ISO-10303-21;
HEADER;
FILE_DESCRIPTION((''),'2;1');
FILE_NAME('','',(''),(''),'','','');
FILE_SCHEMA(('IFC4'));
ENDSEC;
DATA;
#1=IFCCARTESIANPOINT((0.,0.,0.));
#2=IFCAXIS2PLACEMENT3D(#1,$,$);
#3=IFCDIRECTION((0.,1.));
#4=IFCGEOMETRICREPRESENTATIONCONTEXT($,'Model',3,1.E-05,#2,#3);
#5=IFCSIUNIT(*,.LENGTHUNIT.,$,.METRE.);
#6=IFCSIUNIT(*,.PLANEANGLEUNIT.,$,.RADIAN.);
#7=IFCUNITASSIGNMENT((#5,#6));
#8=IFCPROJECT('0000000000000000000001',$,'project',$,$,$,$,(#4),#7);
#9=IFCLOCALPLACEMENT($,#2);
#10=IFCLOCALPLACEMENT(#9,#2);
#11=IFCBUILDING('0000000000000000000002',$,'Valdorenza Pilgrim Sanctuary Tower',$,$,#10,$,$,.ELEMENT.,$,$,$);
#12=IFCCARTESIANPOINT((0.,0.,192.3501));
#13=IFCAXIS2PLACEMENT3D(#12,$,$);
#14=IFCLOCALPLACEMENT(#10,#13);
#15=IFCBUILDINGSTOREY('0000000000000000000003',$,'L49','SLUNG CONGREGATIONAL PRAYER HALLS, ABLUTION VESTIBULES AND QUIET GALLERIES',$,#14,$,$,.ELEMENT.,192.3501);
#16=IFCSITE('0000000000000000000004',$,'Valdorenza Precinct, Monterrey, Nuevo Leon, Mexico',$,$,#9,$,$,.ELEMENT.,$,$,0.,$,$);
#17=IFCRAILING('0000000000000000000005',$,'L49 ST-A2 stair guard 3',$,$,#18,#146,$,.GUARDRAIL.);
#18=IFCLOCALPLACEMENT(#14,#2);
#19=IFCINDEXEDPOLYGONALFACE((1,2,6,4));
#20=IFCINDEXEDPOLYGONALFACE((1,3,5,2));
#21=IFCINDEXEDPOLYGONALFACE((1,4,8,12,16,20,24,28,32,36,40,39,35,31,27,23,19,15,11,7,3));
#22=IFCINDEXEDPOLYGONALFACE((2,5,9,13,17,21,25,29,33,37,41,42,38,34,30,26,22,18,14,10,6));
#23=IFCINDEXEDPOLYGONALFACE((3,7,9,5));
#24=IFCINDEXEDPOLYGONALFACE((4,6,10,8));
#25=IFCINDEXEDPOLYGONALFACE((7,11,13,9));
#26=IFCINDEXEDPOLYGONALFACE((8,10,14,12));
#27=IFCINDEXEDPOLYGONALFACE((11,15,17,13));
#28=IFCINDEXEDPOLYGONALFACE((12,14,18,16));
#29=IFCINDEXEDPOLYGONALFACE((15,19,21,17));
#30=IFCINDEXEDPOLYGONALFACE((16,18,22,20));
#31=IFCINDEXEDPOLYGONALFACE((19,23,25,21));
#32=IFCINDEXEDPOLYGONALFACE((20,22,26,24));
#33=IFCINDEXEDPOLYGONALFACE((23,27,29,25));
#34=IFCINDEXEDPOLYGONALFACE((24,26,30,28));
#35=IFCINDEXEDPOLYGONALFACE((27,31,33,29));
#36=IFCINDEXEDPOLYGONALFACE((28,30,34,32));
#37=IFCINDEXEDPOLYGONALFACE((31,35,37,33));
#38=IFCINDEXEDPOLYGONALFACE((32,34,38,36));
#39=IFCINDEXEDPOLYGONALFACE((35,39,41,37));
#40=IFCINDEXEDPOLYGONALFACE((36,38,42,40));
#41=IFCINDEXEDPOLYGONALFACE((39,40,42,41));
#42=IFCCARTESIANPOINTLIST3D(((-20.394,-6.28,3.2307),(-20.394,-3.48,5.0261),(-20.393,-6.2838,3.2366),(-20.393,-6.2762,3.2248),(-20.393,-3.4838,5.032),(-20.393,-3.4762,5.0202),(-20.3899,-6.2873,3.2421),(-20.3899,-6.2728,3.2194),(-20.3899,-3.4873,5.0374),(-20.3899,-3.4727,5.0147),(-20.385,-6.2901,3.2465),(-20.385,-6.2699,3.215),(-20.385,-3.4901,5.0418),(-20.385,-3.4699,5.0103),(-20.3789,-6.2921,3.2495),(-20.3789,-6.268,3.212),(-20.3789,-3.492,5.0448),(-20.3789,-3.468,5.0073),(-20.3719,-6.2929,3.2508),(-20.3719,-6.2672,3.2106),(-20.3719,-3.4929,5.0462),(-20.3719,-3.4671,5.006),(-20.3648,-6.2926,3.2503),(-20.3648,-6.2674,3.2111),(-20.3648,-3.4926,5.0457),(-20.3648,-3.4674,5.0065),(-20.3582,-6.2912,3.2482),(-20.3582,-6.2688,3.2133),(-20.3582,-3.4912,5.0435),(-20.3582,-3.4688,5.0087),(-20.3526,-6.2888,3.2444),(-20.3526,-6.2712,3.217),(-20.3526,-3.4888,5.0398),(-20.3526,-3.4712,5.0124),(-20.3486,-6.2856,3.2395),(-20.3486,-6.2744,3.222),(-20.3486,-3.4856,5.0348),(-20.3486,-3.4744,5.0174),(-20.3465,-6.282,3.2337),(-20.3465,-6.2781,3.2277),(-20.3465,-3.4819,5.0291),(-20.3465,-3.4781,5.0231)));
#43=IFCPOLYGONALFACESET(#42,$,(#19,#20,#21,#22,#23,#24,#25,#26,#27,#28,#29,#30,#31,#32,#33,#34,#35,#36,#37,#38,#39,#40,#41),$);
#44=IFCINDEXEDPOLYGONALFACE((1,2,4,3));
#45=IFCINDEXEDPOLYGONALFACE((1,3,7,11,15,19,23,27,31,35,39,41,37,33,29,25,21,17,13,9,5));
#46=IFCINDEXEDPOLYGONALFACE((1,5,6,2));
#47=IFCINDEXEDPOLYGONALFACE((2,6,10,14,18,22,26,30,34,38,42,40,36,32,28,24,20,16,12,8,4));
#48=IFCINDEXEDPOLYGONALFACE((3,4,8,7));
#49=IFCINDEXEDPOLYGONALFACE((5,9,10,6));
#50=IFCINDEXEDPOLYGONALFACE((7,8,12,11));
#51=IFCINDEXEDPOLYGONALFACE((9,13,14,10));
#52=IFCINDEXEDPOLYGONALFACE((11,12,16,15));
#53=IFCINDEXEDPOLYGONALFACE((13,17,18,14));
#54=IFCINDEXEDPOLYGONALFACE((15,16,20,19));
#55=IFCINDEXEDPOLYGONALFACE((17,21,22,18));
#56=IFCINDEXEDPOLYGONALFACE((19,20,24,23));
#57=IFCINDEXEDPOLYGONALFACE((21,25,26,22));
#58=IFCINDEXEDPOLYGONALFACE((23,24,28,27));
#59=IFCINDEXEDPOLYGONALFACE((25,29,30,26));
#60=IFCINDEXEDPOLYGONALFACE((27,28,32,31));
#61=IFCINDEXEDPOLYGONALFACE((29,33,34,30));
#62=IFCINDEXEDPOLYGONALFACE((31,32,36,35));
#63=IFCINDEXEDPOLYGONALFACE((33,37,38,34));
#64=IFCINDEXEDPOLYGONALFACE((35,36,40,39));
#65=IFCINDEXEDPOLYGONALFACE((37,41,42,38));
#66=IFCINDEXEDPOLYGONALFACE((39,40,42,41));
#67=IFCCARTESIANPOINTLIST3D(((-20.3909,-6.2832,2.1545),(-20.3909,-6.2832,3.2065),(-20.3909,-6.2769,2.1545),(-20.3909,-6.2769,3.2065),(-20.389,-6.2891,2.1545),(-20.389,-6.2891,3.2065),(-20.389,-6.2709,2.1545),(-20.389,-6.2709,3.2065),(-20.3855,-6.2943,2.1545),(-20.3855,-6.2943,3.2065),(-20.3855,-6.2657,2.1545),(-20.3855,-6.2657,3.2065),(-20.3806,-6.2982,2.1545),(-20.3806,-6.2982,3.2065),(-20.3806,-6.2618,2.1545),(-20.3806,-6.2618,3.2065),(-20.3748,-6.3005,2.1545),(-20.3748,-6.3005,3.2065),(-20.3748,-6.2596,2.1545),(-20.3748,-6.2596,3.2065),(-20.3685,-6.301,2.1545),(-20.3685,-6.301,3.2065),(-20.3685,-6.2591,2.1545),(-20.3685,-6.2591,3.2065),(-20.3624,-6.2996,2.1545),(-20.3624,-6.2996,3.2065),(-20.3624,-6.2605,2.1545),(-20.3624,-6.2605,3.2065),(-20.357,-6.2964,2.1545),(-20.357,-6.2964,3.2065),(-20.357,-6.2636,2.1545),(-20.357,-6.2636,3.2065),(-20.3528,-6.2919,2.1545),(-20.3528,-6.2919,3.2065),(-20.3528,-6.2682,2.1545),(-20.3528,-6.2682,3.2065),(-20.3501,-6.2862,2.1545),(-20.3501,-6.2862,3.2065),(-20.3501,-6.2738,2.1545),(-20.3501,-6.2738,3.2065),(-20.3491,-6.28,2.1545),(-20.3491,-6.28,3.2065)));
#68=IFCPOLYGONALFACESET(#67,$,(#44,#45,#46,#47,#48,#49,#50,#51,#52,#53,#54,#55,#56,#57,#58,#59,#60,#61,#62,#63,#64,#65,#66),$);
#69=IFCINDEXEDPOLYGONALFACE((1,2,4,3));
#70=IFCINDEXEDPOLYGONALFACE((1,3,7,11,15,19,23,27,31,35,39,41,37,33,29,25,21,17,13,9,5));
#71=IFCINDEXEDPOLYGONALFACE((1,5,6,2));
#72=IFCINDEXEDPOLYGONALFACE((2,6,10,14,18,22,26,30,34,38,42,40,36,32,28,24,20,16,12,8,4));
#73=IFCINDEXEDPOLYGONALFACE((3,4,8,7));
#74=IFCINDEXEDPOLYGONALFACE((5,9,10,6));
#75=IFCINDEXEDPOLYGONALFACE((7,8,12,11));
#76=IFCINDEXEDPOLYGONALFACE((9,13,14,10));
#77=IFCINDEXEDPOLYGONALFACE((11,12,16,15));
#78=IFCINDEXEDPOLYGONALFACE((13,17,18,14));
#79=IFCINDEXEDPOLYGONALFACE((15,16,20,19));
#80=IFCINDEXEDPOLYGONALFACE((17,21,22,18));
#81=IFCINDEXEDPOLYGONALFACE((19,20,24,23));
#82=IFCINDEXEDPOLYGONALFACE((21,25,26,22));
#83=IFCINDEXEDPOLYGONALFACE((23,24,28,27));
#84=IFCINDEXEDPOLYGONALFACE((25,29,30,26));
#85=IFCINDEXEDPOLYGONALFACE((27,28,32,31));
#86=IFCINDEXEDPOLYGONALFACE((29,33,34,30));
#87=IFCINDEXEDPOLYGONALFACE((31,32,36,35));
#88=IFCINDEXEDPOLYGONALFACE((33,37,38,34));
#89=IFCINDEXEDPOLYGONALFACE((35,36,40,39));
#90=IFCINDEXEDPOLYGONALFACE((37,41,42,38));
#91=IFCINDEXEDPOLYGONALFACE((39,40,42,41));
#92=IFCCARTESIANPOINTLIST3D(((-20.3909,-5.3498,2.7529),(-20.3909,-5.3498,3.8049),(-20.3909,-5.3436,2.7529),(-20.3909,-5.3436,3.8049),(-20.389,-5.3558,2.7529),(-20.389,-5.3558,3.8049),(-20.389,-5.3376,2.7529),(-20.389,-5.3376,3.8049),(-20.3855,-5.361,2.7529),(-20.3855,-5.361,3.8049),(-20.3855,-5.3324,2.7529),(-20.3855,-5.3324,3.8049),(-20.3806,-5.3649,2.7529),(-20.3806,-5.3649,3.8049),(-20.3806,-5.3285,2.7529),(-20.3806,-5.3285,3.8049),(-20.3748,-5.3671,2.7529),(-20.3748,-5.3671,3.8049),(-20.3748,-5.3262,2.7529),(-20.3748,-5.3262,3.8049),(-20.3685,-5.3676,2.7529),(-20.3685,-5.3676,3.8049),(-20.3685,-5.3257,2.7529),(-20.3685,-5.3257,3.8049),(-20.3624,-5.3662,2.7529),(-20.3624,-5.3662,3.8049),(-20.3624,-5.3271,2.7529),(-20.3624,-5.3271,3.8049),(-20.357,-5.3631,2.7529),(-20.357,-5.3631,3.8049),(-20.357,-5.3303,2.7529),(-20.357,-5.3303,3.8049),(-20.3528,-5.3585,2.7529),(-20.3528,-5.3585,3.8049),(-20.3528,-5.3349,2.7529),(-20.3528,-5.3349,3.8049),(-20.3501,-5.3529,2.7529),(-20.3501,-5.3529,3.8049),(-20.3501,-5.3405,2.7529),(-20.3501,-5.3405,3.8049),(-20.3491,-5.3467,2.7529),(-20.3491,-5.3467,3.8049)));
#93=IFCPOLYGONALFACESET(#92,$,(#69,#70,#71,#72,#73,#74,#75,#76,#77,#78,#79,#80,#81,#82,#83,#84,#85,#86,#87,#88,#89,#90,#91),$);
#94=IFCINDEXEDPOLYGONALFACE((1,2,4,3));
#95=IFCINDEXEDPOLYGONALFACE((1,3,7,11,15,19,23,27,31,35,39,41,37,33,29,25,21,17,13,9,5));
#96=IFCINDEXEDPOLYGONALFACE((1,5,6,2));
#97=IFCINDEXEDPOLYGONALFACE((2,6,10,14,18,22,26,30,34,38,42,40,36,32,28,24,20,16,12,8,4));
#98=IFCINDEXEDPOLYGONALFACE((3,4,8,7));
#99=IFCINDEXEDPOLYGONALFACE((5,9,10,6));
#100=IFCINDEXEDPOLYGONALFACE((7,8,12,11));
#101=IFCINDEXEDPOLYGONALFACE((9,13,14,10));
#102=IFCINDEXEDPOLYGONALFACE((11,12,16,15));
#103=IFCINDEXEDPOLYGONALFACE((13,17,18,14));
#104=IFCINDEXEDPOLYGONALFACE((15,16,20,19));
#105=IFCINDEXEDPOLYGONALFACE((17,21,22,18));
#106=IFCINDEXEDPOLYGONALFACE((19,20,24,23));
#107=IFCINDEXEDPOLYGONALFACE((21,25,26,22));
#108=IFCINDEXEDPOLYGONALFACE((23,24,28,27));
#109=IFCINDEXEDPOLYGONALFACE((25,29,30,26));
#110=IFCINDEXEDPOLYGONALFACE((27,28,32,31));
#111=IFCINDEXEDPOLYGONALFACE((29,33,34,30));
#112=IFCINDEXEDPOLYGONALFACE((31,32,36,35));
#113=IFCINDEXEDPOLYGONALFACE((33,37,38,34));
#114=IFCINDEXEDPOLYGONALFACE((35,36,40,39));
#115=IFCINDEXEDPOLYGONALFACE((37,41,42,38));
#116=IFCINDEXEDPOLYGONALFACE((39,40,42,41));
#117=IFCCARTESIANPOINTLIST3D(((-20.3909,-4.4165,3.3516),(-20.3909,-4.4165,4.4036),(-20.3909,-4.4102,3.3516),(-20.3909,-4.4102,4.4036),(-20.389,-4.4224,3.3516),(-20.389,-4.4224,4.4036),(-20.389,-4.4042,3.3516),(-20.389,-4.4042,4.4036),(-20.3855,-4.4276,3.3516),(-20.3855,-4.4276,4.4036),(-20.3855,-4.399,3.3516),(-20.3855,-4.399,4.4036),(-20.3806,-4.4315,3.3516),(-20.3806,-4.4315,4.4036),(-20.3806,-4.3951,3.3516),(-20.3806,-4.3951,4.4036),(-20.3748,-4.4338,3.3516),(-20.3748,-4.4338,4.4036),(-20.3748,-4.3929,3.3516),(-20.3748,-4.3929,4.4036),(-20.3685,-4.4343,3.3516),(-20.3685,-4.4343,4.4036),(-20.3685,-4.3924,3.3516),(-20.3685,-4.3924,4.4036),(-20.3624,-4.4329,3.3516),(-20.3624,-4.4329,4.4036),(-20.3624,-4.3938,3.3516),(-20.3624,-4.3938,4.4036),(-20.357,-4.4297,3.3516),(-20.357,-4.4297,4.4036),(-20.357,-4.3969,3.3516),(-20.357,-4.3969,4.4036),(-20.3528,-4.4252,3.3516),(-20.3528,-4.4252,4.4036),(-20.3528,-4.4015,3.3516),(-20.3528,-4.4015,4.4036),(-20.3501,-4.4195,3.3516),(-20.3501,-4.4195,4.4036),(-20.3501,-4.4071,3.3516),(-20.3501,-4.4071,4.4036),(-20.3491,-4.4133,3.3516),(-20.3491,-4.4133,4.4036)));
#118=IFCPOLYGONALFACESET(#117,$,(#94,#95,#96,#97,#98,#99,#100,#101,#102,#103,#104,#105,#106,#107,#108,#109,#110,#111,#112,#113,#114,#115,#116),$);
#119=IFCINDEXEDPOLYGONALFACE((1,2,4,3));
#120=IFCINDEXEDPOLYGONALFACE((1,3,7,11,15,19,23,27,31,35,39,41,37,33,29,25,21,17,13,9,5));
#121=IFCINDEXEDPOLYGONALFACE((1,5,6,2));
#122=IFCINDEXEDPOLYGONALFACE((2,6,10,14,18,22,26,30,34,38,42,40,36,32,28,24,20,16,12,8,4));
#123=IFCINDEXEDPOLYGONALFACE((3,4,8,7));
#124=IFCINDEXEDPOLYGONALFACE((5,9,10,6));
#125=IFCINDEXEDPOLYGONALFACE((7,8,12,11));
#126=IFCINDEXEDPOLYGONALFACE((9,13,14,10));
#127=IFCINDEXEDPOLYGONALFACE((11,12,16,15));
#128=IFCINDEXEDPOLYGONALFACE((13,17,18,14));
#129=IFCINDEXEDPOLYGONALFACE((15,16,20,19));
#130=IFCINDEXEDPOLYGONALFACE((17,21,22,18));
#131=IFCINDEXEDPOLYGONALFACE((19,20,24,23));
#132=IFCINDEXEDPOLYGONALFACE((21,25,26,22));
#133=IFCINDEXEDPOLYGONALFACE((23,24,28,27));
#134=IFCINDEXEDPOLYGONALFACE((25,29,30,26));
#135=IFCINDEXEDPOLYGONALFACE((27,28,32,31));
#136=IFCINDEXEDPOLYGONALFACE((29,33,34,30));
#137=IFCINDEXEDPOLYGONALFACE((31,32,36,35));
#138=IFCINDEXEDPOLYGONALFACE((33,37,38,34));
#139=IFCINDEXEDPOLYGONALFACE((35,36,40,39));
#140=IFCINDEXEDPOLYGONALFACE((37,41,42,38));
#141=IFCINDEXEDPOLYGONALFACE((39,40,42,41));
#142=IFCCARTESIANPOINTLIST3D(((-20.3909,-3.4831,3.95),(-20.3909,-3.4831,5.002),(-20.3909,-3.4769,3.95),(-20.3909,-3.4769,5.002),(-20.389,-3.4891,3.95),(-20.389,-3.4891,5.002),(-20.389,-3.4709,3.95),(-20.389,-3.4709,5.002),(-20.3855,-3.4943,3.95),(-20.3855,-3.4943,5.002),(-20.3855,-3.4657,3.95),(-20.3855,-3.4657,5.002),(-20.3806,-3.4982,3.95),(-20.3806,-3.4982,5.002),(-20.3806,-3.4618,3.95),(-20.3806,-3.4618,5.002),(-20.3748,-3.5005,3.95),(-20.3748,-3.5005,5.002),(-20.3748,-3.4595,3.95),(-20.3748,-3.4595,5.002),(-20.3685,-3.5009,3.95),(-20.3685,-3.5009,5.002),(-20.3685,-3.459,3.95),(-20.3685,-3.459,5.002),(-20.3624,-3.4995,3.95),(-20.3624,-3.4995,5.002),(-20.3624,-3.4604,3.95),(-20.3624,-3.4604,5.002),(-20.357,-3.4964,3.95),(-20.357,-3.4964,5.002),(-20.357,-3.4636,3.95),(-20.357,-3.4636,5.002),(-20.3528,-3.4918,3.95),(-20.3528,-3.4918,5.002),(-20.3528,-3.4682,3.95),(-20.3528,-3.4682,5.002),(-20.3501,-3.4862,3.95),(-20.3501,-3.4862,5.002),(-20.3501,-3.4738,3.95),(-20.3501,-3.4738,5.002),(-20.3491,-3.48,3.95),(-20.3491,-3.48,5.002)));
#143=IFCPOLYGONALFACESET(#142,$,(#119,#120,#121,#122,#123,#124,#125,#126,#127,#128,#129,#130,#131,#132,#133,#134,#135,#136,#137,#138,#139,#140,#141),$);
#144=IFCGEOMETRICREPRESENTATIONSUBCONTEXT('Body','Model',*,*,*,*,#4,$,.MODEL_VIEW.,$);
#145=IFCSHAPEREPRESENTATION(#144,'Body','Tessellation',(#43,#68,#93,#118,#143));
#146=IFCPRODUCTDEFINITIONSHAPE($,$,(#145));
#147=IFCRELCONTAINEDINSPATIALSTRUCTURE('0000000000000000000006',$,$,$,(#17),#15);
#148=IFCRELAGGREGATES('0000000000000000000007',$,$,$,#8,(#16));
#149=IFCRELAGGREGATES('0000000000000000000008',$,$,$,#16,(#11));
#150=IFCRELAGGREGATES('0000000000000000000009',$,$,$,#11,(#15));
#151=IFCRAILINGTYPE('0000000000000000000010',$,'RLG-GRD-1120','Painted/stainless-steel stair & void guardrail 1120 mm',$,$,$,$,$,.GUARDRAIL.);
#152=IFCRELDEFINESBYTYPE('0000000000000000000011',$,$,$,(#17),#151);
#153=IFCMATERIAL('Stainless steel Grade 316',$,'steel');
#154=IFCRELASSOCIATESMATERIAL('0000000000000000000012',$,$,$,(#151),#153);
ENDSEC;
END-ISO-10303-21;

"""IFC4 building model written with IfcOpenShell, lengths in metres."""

from ifc_helpers import new_model, si_unit, direction, frame, origin, origin_2d, place, context, subcontext, project, spatial, circle, extrude, material, type_object, element, save


model = new_model("IFC4")

# Units and contexts
model_context = context("Model", 3, precision=1e-05, world=origin(), true_north=direction((0.0, 1.0)))
body_context = subcontext(model_context, "Body", "Model", "MODEL_VIEW")
ifc_project = project(units=[si_unit("LENGTHUNIT", "METRE"), si_unit("PLANEANGLEUNIT", "RADIAN")], contexts=[model_context])

# Site, building, storey
site_placement = place(None, origin())
site = spatial("IfcSite", under=ifc_project, at=site_placement, Name="Valdorenza Precinct, Monterrey, Nuevo Leon, Mexico", CompositionType="ELEMENT", RefElevation=0.0)
building_placement = place(site_placement, origin())
building = spatial("IfcBuilding", under=site, at=building_placement, Name="Valdorenza Pilgrim Sanctuary Tower", CompositionType="ELEMENT")
storey_placement = place(building_placement, frame((0.0, 0.0, 192.3501)))
storey = spatial("IfcBuildingStorey", under=building, at=storey_placement, Name="L49", Description="SLUNG CONGREGATIONAL PRAYER HALLS, ABLUTION VESTIBULES AND QUIET GALLERIES", CompositionType="ELEMENT", Elevation=192.3501)

# Railing
ifc_material_1 = material(Name="Stainless steel Grade 316", Category="steel")
railing_type_1 = type_object("IfcRailingType", Name="RLG-GRD-1120", Description="Painted/stainless-steel stair & void guardrail 1120 mm", PredefinedType="GUARDRAIL", material=ifc_material_1)
railing_1_placement = place(storey_placement, frame((-20.3701, -6.28, 2.1545)))
element("IfcRailing", 1, at=railing_1_placement, inside=storey, type_object=railing_type_1, Name="L49 ST-A2 stair guard 3", PredefinedType="GUARDRAIL", context=body_context, shape_type="SweptSolid", body=[
    extrude(circle(Radius=0.0239, at=origin_2d()), frame((0.0, 0.0, 1.0762), z_axis=(0.0, 0.84181, 0.539774), x_axis=(-1.0, 0.0, 0.0)), (0.0, 0.0, 1.0), 3.3262),
    extrude(circle(Radius=0.021, at=origin_2d()), origin(), (0.0, 0.0, 1.0), 1.052),
    extrude(circle(Radius=0.021, at=origin_2d()), frame((0.0, 0.9333, 0.5984)), (0.0, 0.0, 1.0), 1.052),
    extrude(circle(Radius=0.021, at=origin_2d()), frame((0.0, 1.8667, 1.197)), (0.0, 0.0, 1.0), 1.052),
    extrude(circle(Radius=0.021, at=origin_2d()), frame((0.0, 2.8, 1.7954)), (0.0, 0.0, 1.0), 1.052),
])

save(model, "model.ifc")
